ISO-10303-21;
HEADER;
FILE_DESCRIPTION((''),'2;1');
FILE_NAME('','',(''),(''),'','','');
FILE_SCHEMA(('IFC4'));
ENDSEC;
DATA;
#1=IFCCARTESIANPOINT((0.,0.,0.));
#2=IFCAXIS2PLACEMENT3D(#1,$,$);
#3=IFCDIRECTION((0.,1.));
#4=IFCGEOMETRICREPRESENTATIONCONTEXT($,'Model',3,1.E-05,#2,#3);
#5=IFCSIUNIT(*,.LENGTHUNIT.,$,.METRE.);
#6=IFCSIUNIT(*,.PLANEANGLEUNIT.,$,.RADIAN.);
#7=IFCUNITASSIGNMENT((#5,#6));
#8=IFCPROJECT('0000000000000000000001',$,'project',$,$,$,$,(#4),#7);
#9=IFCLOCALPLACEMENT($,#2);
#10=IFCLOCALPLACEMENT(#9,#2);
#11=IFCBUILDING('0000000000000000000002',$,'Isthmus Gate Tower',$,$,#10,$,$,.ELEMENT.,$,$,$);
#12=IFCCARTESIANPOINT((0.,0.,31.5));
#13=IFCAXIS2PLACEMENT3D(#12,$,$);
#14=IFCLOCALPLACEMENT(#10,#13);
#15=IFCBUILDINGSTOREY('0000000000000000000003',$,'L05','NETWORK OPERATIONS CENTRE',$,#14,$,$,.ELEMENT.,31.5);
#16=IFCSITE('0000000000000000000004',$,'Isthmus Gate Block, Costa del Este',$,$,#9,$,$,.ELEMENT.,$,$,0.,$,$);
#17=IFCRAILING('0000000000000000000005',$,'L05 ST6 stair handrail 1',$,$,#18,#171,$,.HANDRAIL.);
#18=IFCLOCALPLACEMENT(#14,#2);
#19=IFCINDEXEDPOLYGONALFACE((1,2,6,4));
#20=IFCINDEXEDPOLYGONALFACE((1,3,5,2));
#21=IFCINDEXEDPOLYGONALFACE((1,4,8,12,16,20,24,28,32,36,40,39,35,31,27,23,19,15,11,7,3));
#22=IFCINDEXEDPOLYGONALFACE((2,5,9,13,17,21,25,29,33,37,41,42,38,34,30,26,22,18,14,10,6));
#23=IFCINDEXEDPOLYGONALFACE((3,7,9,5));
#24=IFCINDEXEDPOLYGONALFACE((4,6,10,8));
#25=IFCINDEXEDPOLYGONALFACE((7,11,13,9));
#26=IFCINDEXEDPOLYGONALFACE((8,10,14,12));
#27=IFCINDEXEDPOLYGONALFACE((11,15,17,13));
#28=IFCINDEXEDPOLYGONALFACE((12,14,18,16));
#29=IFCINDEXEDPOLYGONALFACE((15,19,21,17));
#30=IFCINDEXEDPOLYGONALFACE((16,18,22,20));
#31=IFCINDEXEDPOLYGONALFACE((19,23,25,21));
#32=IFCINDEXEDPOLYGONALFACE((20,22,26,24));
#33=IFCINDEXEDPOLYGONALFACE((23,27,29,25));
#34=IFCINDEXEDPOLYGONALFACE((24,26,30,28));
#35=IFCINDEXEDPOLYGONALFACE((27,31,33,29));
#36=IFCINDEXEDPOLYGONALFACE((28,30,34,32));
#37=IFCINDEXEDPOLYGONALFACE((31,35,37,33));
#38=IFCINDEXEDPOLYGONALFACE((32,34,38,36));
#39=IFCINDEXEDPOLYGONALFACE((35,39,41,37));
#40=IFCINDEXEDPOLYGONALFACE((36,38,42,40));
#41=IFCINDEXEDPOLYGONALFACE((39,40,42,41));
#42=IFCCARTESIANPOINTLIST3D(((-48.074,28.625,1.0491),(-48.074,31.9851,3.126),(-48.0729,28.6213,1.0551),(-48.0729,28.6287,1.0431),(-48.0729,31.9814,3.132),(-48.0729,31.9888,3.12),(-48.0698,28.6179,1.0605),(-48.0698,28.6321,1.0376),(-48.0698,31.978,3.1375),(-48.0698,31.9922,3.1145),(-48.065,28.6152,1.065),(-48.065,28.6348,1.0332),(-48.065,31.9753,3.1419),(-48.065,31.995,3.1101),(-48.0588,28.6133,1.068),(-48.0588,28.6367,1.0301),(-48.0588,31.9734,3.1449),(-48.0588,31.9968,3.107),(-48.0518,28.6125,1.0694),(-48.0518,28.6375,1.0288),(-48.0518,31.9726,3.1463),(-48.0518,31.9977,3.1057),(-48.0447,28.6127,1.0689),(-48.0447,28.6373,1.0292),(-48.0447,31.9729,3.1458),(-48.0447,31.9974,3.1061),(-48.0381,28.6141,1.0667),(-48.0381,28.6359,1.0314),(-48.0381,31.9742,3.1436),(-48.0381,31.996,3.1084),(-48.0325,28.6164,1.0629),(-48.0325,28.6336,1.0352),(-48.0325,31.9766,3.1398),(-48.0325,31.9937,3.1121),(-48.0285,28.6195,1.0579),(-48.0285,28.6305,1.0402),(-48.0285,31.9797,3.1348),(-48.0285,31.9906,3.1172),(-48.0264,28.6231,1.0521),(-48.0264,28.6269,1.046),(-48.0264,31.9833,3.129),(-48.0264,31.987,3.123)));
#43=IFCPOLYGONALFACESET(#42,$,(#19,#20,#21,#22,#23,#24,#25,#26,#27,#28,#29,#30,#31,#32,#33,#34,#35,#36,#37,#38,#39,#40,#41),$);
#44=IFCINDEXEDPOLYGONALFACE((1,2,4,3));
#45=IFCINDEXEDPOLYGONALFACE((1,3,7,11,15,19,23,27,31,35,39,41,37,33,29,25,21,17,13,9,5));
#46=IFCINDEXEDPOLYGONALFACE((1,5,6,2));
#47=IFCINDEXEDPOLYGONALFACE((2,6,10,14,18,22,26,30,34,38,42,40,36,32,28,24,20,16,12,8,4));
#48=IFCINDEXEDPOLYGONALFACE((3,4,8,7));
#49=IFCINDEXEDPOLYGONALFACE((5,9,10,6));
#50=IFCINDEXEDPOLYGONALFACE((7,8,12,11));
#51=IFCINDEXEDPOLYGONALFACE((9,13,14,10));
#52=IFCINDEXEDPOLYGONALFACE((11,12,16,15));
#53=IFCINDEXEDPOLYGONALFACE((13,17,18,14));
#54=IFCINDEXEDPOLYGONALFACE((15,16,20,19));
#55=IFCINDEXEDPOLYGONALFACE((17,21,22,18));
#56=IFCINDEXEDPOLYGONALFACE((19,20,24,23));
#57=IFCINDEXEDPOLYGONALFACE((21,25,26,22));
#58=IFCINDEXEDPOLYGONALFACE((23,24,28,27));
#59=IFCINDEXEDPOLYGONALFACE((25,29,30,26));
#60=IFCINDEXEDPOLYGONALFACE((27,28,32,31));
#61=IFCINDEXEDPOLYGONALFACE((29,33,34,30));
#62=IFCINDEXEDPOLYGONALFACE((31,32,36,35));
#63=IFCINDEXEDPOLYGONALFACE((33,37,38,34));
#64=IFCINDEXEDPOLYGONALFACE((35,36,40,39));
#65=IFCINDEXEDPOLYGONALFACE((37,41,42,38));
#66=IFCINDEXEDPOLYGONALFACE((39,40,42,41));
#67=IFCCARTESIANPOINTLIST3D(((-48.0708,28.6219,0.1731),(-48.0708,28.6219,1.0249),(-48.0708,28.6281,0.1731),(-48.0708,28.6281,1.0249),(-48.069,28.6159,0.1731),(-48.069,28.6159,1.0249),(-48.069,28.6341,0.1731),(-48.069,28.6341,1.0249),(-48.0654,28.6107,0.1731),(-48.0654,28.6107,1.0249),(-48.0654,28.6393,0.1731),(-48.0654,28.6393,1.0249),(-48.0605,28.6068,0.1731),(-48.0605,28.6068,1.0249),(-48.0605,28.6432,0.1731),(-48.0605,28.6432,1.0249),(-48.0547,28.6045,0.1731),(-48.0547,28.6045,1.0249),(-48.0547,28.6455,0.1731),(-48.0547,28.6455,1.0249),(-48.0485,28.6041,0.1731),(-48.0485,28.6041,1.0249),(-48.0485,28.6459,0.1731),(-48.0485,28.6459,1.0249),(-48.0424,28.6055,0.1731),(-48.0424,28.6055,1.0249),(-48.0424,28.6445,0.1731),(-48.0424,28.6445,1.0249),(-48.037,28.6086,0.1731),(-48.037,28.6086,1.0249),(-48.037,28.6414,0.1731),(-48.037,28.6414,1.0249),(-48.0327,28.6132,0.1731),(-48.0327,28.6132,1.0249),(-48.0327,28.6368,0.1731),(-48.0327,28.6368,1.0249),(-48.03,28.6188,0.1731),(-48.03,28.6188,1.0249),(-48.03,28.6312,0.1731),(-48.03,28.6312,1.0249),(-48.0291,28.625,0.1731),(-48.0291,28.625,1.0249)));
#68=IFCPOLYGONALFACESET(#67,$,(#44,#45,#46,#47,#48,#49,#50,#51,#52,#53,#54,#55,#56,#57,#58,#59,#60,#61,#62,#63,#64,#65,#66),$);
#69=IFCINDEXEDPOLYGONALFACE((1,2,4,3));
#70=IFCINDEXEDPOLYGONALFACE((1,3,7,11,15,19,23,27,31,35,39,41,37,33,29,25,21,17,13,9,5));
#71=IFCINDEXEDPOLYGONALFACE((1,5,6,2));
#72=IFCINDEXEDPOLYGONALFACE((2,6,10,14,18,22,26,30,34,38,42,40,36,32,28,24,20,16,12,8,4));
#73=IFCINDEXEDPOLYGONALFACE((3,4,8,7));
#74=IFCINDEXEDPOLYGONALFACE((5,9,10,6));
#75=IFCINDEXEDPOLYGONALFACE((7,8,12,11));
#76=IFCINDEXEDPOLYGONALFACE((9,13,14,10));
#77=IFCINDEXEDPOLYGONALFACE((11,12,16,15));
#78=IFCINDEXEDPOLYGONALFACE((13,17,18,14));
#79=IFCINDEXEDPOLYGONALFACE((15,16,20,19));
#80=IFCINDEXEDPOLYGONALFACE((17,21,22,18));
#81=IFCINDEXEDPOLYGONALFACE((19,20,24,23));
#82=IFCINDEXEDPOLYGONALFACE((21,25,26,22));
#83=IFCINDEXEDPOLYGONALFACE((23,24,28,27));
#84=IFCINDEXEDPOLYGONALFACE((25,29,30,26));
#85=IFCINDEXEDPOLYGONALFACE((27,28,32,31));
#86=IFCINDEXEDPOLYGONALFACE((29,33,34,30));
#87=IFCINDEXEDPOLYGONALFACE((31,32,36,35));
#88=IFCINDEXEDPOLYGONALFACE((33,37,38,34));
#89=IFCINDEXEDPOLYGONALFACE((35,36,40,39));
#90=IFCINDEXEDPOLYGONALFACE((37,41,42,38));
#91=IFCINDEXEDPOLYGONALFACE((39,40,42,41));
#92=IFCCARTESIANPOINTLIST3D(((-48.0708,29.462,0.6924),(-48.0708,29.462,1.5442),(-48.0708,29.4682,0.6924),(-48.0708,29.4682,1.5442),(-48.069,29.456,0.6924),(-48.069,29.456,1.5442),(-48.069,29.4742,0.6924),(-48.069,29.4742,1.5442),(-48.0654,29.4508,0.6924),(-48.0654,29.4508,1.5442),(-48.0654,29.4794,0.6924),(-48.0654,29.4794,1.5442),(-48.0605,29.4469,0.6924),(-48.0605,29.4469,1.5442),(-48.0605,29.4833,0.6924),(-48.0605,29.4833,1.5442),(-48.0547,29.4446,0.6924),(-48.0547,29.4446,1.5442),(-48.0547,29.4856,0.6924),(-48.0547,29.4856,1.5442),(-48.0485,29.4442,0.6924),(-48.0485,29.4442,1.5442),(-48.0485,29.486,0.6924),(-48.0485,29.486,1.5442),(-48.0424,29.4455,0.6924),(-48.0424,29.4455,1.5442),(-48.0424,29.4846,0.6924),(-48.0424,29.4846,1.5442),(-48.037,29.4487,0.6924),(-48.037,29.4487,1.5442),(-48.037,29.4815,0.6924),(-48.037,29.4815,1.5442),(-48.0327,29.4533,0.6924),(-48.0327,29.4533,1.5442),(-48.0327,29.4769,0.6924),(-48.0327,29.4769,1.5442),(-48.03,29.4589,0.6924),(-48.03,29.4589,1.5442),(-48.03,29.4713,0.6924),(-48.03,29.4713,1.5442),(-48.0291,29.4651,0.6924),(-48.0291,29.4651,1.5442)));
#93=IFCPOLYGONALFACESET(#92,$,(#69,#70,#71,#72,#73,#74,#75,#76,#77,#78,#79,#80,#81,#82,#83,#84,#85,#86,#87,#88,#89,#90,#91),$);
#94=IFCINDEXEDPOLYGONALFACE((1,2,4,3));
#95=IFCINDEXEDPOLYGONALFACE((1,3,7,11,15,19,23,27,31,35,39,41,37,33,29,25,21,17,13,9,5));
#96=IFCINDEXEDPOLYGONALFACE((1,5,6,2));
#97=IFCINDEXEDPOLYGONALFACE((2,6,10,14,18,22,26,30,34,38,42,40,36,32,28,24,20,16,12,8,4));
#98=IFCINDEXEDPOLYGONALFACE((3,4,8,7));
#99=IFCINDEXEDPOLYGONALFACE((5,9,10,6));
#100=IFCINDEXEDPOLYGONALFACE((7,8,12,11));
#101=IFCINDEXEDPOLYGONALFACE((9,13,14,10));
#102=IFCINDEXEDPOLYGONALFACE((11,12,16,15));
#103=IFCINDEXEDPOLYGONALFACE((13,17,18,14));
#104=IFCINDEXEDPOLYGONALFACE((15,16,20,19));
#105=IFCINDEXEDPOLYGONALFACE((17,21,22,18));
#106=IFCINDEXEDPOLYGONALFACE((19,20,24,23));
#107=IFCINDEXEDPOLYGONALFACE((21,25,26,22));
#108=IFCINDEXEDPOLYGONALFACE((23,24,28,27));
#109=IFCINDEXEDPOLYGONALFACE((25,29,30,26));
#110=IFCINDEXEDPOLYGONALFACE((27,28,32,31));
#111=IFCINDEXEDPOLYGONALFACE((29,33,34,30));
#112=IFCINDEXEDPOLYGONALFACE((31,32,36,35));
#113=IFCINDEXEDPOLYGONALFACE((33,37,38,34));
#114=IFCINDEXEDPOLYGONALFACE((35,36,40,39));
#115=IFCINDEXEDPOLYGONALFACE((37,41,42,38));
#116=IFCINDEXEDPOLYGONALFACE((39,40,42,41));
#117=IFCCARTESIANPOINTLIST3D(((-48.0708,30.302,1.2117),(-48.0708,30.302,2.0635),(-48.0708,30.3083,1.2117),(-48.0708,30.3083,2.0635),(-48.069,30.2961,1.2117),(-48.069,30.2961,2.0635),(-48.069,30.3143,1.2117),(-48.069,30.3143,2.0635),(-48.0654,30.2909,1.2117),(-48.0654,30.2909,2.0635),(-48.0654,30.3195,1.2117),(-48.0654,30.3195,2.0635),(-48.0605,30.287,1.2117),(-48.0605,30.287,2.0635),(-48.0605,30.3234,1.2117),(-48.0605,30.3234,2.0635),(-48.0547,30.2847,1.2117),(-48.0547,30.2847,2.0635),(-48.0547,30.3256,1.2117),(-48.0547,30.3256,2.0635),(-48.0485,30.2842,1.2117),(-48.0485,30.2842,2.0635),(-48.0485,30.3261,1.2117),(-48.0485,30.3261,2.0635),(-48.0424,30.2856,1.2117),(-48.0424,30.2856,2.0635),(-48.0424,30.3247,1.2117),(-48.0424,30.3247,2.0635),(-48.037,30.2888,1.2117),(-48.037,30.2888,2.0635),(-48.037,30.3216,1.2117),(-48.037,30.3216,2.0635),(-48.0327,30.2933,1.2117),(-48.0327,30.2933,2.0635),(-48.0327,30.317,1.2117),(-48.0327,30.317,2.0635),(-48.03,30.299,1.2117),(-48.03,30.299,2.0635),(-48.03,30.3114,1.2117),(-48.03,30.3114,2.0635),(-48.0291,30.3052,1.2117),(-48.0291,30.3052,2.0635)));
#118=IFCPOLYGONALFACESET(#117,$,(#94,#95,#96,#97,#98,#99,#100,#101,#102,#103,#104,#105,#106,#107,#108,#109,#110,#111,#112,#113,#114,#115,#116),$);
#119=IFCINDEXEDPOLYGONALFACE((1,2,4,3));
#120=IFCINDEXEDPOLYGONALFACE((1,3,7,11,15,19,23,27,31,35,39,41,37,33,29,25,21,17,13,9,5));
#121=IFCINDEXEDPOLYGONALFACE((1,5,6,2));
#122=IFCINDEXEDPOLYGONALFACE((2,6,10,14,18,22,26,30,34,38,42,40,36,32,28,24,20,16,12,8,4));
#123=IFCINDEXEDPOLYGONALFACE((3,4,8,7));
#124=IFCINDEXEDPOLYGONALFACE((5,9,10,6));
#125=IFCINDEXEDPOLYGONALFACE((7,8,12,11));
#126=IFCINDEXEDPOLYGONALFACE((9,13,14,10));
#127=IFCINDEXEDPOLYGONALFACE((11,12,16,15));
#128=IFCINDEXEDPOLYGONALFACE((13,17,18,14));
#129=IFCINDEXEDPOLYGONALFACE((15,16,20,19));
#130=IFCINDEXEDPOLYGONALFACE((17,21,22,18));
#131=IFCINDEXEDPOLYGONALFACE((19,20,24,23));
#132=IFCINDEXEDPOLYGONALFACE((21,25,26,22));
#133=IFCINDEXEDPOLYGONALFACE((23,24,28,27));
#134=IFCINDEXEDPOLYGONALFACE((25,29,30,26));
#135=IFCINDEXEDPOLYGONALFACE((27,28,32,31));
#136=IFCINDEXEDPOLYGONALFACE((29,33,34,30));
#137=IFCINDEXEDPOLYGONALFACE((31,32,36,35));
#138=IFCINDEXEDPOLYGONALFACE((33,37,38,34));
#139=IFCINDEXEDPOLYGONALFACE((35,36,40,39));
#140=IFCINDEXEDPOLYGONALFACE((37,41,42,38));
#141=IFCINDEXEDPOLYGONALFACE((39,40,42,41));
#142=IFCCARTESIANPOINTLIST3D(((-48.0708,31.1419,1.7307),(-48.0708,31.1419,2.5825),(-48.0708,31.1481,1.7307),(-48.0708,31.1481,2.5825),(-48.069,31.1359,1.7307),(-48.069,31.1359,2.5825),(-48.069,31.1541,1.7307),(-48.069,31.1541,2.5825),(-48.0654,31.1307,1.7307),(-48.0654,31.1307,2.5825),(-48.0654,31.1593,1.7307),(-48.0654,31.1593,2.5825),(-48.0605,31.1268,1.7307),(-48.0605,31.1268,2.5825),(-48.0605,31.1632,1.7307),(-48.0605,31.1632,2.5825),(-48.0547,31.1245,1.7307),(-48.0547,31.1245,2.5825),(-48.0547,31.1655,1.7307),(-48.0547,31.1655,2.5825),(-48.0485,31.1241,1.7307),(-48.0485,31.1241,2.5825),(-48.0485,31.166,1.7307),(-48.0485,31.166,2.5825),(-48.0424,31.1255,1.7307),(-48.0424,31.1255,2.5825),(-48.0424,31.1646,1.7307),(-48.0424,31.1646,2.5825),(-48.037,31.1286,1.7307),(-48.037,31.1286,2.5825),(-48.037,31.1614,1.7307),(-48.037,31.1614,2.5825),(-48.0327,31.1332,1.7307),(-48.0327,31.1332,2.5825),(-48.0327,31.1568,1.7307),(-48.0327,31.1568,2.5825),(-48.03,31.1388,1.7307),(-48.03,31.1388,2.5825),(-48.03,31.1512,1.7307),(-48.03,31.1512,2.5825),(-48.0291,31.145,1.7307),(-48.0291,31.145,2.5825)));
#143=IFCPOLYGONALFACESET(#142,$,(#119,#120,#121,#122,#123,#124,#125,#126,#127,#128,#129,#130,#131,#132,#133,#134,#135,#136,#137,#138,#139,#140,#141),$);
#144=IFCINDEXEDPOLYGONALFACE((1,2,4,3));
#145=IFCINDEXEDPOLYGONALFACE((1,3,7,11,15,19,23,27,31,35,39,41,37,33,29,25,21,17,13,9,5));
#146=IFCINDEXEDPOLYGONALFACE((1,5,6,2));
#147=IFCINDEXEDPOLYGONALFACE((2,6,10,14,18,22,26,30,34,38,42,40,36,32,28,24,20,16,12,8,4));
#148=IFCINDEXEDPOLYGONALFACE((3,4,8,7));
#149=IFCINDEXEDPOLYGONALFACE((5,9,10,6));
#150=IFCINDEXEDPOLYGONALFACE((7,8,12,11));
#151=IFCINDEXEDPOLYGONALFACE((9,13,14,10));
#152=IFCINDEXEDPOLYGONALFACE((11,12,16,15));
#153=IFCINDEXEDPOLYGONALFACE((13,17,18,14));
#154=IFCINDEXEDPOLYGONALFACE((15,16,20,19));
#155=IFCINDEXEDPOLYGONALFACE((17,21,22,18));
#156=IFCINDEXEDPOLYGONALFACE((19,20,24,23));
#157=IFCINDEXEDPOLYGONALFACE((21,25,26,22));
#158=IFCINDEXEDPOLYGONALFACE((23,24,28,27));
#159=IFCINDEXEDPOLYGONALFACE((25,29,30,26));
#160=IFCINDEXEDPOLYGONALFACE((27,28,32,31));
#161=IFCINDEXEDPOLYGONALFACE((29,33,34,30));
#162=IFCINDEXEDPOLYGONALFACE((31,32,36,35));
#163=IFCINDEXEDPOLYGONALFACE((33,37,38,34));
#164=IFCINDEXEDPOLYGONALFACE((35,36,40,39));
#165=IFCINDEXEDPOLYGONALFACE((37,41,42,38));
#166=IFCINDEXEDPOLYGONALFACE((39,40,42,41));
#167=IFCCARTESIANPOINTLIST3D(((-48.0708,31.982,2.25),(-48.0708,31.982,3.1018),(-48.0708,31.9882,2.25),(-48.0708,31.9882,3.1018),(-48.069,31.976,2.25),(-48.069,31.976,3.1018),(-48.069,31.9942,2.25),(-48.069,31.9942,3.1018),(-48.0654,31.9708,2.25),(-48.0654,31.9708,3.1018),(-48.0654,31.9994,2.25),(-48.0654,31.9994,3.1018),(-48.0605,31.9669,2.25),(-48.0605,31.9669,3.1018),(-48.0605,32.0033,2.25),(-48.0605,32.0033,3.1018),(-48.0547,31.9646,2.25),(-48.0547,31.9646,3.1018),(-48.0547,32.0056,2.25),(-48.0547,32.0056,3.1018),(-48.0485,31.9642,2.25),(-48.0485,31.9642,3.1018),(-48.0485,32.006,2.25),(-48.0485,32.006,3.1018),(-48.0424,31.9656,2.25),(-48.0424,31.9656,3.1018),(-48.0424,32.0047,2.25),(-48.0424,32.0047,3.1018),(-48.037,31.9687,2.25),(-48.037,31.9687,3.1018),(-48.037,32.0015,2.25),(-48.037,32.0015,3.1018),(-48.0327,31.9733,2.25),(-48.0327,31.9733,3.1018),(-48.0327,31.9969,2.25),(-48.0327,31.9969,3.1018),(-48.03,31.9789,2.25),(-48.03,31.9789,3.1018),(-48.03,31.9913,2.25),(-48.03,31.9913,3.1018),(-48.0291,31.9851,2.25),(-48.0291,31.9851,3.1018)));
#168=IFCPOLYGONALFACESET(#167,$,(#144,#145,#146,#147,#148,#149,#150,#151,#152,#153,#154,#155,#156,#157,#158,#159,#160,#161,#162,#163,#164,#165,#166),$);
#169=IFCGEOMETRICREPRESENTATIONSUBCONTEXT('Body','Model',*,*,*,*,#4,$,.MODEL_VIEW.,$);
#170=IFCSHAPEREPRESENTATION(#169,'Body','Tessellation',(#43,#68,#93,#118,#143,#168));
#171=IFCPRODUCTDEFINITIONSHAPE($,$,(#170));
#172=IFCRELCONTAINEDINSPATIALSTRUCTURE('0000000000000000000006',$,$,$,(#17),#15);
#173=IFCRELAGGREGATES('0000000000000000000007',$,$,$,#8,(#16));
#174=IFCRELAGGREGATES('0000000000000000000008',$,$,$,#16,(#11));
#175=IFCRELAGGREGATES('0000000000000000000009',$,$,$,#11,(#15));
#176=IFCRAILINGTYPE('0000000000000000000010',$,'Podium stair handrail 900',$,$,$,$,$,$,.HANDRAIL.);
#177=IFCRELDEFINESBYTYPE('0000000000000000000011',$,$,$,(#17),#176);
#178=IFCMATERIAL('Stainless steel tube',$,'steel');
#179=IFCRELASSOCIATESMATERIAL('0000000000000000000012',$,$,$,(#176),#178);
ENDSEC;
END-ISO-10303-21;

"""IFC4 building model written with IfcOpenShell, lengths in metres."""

from ifc_helpers import new_model, si_unit, direction, frame, origin, origin_2d, place, context, subcontext, project, spatial, circle, extrude, material, type_object, element, save


model = new_model("IFC4")

# Units and contexts
model_context = context("Model", 3, precision=1e-05, world=origin(), true_north=direction((0.0, 1.0)))
body_context = subcontext(model_context, "Body", "Model", "MODEL_VIEW")
ifc_project = project(units=[si_unit("LENGTHUNIT", "METRE"), si_unit("PLANEANGLEUNIT", "RADIAN")], contexts=[model_context])

# Site, building, storey
site_placement = place(None, origin())
site = spatial("IfcSite", under=ifc_project, at=site_placement, Name="Isthmus Gate Block, Costa del Este", CompositionType="ELEMENT", RefElevation=0.0)
building_placement = place(site_placement, origin())
building = spatial("IfcBuilding", under=site, at=building_placement, Name="Isthmus Gate Tower", CompositionType="ELEMENT")
storey_placement = place(building_placement, frame((0.0, 0.0, 31.5)))
storey = spatial("IfcBuildingStorey", under=building, at=storey_placement, Name="L05", Description="NETWORK OPERATIONS CENTRE", CompositionType="ELEMENT", Elevation=31.5)

# Railing
ifc_material_1 = material(Name="Stainless steel tube", Category="steel")
railing_type_1 = type_object("IfcRailingType", Name="Podium stair handrail 900", PredefinedType="HANDRAIL", material=ifc_material_1)
railing_1_placement = place(storey_placement, frame((-48.05, 28.625, 0.1731)))
element("IfcRailing", 1, at=railing_1_placement, inside=storey, type_object=railing_type_1, Name="L05 ST6 stair handrail 1", PredefinedType="HANDRAIL", context=body_context, shape_type="SweptSolid", body=[
    extrude(circle(Radius=0.0239, at=origin_2d()), frame((0.0, 0.0, 0.876), z_axis=(0.0, 0.850623, 0.525776), x_axis=(-1.0, 0.0, 0.0)), (0.0, 0.0, 1.0), 3.9502),
    extrude(circle(Radius=0.021, at=origin_2d()), origin(), (0.0, 0.0, 1.0), 0.8518),
    extrude(circle(Radius=0.021, at=origin_2d()), frame((0.0, 0.8401, 0.5193)), (0.0, 0.0, 1.0), 0.8518),
    extrude(circle(Radius=0.021, at=origin_2d()), frame((0.0, 1.6802, 1.0386)), (0.0, 0.0, 1.0), 0.8518),
    extrude(circle(Radius=0.021, at=origin_2d()), frame((0.0, 2.52, 1.5576)), (0.0, 0.0, 1.0), 0.8518),
    extrude(circle(Radius=0.021, at=origin_2d()), frame((0.0, 3.3601, 2.0769)), (0.0, 0.0, 1.0), 0.8518),
])

save(model, "model.ifc")
